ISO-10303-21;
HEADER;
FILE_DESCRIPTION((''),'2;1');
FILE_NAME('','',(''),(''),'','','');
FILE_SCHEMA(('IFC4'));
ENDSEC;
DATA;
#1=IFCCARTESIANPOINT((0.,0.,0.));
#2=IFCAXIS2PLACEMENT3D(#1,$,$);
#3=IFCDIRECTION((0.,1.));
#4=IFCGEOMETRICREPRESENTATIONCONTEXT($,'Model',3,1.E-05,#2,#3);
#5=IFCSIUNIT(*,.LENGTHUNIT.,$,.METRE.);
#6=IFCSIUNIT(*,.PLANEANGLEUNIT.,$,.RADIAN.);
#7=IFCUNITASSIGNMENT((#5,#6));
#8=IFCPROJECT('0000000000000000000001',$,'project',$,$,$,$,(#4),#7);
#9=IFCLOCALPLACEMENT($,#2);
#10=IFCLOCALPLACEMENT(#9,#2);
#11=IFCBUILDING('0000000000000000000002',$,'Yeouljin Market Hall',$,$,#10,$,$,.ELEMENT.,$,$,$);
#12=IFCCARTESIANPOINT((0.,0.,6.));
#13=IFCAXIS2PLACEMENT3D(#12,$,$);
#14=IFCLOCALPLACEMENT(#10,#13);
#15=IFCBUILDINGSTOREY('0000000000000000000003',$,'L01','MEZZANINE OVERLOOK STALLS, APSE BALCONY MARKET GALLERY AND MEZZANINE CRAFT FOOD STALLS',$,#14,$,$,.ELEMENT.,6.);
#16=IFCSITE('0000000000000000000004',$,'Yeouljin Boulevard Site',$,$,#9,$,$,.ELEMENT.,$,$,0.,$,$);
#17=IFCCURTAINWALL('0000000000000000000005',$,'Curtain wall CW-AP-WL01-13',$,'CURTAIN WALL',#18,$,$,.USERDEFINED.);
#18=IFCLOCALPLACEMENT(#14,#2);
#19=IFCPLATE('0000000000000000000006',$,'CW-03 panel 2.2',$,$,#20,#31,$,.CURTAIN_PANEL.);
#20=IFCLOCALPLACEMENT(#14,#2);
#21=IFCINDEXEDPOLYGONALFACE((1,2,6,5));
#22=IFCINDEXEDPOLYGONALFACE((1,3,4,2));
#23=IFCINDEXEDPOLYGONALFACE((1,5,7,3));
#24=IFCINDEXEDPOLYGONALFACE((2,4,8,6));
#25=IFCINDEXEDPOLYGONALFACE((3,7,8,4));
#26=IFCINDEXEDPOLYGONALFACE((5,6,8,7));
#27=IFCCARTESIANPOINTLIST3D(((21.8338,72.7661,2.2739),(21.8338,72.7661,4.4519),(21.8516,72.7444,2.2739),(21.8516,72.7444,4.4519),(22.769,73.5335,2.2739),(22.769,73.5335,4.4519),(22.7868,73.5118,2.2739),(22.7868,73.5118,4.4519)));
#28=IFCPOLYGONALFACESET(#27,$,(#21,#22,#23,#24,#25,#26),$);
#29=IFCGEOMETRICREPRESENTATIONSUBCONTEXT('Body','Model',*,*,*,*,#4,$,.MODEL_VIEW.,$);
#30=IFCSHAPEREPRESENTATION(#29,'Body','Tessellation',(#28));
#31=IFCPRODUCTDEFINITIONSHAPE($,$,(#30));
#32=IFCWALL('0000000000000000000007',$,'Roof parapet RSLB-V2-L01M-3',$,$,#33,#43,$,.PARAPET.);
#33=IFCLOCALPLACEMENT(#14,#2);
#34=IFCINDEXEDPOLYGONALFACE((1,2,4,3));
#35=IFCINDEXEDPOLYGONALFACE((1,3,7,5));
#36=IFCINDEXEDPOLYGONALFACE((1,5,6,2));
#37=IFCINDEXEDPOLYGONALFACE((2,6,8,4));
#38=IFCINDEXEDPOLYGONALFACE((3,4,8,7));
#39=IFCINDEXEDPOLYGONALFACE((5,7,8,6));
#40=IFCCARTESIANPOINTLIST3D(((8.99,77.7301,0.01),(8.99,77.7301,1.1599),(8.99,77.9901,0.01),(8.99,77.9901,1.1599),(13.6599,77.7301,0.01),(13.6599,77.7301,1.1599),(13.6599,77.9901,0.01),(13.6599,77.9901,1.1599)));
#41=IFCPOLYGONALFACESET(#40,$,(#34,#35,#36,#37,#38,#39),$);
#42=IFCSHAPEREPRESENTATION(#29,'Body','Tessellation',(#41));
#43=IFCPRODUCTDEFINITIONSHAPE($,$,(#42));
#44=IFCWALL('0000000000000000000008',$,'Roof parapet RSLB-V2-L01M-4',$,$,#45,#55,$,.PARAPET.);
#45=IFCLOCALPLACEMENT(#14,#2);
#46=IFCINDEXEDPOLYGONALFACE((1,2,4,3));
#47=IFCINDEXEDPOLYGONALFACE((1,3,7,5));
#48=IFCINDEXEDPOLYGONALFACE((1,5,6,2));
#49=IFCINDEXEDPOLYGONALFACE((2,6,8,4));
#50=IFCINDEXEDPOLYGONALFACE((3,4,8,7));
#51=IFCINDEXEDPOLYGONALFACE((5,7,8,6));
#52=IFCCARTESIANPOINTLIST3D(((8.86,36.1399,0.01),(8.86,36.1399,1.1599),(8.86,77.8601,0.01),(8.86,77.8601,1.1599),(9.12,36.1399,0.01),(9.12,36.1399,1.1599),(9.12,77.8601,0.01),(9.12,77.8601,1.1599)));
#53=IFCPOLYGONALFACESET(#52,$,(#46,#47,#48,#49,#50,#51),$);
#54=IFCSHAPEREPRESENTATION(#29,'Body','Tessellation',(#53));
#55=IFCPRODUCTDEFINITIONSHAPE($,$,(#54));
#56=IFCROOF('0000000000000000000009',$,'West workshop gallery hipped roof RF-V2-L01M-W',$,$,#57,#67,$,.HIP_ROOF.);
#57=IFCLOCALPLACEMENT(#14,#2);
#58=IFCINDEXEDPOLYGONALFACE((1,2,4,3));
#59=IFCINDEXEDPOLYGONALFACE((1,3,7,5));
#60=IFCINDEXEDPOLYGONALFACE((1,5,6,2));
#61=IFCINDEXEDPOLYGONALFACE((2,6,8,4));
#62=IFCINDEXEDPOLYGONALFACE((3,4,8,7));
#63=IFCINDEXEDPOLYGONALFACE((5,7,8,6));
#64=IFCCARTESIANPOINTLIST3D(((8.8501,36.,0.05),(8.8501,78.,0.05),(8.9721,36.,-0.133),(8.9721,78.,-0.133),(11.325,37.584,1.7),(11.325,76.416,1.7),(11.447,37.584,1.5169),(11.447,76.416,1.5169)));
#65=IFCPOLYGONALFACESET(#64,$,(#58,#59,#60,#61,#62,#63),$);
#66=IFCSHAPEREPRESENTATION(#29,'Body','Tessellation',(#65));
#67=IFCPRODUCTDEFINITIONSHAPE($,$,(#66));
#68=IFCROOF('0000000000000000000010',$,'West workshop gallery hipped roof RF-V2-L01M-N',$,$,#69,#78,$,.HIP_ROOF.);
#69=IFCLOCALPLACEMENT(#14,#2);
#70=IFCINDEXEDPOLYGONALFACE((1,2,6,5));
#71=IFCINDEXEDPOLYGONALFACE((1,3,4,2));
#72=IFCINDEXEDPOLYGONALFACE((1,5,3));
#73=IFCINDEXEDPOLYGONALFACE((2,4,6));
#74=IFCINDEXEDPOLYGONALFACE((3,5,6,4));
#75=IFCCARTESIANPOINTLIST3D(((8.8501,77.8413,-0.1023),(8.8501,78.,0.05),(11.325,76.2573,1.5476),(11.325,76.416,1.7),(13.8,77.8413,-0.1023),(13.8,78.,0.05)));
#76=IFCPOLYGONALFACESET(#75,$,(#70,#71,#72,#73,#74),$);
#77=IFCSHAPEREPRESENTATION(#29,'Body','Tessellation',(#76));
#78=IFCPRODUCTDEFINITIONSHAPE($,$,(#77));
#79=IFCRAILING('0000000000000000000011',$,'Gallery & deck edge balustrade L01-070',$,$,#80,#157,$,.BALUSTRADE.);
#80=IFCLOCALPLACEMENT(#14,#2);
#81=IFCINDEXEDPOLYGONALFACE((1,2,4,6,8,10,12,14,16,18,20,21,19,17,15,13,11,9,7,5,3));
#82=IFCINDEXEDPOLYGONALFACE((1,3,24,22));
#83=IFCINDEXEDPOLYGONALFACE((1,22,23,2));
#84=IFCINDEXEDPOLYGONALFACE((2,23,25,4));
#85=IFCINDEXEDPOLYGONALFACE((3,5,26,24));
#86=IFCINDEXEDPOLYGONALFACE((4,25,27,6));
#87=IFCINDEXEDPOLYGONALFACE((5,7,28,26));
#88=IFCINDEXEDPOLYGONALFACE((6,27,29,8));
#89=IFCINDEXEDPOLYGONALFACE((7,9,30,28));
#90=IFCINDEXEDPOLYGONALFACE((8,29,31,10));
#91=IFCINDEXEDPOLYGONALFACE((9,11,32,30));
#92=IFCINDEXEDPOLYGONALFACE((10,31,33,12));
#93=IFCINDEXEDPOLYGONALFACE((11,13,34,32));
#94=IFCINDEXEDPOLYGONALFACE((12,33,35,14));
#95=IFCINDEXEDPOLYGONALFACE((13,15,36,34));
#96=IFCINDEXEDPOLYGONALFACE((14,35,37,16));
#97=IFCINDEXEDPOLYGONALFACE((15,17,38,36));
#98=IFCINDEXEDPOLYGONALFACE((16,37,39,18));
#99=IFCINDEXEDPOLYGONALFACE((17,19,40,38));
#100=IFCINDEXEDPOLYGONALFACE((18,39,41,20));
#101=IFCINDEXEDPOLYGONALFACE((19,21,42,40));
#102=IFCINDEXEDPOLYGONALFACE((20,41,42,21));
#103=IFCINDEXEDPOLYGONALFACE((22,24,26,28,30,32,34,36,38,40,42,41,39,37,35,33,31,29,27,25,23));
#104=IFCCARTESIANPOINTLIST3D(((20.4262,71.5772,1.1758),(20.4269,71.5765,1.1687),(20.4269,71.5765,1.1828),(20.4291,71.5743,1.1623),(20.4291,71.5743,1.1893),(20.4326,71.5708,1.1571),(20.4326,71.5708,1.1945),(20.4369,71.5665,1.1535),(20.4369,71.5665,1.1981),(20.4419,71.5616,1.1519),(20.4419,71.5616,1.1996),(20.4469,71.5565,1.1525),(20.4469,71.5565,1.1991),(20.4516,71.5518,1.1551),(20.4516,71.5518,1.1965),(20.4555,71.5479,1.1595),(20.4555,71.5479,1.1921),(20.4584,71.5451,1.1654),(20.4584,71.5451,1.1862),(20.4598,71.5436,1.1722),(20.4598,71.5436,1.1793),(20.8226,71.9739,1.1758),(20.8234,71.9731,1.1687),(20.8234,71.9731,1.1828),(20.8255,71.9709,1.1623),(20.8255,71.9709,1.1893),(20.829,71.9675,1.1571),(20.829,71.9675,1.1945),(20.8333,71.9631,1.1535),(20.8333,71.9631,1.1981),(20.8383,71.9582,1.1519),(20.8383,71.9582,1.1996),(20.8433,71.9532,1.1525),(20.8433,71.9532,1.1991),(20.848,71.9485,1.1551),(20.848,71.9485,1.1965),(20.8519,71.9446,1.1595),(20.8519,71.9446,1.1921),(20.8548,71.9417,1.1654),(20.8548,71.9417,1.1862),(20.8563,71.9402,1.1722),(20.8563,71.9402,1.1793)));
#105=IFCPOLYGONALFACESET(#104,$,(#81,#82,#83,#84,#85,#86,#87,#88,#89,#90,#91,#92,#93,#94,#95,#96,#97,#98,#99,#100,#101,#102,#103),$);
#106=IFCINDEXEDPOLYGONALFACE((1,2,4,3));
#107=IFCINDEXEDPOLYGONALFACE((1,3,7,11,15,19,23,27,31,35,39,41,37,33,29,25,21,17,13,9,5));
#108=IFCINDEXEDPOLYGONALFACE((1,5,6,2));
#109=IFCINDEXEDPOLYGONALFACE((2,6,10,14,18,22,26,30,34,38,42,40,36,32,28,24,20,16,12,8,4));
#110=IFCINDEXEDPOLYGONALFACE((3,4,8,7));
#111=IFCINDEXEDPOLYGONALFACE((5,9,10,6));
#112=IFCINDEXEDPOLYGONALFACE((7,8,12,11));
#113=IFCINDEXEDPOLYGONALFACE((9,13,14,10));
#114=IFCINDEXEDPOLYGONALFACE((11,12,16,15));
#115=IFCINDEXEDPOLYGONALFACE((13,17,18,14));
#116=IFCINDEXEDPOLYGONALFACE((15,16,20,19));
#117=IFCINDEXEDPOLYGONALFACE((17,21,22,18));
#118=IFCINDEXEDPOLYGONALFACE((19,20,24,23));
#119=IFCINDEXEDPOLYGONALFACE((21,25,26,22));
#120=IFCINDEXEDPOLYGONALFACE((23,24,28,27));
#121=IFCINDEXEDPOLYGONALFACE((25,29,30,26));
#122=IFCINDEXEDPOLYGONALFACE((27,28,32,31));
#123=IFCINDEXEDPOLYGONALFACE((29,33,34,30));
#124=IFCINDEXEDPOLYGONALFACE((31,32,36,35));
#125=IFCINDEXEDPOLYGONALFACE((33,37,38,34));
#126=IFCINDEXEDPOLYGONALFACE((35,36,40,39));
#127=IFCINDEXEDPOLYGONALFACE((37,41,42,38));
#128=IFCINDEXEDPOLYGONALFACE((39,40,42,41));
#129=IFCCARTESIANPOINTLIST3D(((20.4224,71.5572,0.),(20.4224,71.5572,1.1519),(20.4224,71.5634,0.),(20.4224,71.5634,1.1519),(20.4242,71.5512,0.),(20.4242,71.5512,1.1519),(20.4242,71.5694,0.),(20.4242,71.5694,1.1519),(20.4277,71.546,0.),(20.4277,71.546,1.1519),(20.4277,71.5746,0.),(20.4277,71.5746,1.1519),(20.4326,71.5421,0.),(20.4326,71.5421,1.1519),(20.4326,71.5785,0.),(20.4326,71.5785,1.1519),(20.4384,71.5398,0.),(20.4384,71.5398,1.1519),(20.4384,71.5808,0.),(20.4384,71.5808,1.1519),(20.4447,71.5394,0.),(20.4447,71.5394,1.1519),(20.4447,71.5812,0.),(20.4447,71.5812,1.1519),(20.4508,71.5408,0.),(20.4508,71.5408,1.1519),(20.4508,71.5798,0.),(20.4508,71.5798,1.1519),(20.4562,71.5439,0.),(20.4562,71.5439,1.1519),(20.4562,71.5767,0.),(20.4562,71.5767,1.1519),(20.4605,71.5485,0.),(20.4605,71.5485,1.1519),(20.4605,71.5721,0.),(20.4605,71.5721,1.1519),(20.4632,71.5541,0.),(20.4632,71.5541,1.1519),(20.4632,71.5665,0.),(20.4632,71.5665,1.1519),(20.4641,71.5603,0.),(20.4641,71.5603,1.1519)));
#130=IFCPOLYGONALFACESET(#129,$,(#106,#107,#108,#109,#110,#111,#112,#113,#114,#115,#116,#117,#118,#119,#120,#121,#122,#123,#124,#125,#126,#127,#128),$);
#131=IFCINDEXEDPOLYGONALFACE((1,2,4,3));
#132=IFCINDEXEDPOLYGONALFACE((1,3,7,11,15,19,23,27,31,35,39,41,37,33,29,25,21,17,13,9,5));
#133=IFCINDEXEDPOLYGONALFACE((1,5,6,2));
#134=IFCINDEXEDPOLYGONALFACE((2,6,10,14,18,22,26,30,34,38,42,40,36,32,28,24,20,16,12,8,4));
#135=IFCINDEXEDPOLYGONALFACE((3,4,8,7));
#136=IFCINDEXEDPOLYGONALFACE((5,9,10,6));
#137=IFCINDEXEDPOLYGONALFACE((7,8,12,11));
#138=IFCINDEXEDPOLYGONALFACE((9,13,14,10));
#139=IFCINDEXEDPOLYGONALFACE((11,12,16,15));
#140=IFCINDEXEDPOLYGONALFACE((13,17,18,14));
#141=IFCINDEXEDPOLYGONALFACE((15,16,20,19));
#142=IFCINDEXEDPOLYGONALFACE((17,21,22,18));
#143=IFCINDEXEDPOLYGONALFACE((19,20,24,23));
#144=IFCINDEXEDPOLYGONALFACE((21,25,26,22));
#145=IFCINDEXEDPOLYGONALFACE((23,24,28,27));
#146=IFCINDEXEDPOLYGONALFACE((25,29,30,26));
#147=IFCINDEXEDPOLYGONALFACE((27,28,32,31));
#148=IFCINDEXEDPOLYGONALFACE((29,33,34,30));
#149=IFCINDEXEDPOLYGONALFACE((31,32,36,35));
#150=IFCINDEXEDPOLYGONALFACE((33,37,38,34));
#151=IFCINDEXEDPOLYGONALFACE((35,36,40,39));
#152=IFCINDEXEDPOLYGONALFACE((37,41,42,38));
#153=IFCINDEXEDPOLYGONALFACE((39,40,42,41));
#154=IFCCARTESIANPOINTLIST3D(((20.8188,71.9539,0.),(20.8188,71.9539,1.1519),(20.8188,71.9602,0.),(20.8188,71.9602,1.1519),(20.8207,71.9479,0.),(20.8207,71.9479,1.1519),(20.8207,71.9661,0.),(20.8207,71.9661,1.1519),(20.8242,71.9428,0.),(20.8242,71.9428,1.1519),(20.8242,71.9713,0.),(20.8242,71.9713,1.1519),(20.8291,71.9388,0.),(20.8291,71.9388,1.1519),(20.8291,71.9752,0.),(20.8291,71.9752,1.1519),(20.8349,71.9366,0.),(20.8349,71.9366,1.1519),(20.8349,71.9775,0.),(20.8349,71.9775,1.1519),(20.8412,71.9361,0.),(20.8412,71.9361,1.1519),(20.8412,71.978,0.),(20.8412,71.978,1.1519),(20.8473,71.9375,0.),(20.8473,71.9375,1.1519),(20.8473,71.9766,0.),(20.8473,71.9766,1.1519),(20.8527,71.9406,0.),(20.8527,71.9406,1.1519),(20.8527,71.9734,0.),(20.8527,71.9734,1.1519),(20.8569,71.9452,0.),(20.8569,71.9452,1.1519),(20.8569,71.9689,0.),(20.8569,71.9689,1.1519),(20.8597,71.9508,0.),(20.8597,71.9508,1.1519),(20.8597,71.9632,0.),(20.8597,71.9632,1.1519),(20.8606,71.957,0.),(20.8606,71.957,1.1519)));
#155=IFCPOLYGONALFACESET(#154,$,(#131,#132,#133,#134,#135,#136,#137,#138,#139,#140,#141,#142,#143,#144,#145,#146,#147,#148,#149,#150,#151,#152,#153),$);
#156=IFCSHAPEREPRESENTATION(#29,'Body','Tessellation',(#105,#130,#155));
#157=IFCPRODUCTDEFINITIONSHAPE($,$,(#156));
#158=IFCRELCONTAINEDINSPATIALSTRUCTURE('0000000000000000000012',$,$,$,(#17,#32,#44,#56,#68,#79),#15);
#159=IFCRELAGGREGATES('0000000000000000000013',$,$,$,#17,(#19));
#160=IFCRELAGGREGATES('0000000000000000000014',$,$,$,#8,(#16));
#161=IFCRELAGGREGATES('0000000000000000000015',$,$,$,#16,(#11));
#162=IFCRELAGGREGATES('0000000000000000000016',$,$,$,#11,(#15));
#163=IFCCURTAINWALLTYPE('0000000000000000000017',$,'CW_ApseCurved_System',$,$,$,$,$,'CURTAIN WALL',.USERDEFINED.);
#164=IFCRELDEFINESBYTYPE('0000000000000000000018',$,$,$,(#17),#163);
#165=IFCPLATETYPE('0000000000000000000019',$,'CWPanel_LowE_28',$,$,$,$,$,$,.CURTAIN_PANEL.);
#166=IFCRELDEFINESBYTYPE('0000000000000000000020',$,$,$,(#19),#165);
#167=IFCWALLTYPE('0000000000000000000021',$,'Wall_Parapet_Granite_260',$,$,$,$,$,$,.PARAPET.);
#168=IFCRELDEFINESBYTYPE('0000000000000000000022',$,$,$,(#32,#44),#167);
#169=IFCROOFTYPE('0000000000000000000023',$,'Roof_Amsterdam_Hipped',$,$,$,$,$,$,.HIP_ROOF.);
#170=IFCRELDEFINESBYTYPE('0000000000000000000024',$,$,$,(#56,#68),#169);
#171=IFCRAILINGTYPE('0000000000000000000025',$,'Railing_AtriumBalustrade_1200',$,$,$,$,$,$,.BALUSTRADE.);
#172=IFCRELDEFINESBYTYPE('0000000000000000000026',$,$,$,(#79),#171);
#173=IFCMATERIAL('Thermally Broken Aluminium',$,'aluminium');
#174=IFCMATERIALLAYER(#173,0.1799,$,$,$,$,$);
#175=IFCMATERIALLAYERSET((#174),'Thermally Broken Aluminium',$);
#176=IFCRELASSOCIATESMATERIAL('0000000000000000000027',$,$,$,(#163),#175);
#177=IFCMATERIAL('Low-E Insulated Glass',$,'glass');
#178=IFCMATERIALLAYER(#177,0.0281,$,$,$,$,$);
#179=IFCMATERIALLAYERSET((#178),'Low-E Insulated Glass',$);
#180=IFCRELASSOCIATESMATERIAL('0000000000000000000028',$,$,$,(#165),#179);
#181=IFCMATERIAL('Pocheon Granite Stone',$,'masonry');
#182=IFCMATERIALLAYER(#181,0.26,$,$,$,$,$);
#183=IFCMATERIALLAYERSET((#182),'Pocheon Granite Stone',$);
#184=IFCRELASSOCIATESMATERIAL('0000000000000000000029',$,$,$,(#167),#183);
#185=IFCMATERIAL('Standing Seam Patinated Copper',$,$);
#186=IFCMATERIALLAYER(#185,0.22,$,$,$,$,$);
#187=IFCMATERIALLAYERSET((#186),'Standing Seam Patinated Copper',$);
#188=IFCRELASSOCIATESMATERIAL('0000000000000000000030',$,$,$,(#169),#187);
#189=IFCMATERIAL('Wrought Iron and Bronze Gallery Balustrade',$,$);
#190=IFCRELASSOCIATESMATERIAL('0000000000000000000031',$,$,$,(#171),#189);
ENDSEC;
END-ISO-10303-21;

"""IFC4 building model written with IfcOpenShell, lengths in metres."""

from ifc_helpers import new_model, si_unit, direction, frame, frame_2d, origin, origin_2d, place, context, subcontext, project, spatial, polyline, rectangle, circle, outline, extrude, material, layer, layer_set, type_object, element, aggregate, save


model = new_model("IFC4")

# Units and contexts
model_context = context("Model", 3, precision=1e-05, world=origin(), true_north=direction((0.0, 1.0)))
body_context = subcontext(model_context, "Body", "Model", "MODEL_VIEW")
ifc_project = project(units=[si_unit("LENGTHUNIT", "METRE"), si_unit("PLANEANGLEUNIT", "RADIAN")], contexts=[model_context])

# Site, building, storey
site_placement = place(None, origin())
site = spatial("IfcSite", under=ifc_project, at=site_placement, Name="Yeouljin Boulevard Site", CompositionType="ELEMENT", RefElevation=0.0)
building_placement = place(site_placement, origin())
building = spatial("IfcBuilding", under=site, at=building_placement, Name="Yeouljin Market Hall", CompositionType="ELEMENT")
storey_placement = place(building_placement, frame((0.0, 0.0, 6.0)))
storey = spatial("IfcBuildingStorey", under=building, at=storey_placement, Name="L01", Description="MEZZANINE OVERLOOK STALLS, APSE BALCONY MARKET GALLERY AND MEZZANINE CRAFT FOOD STALLS", CompositionType="ELEMENT", Elevation=6.0)

# Shared definitions
ifc_material_1 = material(Name="Thermally Broken Aluminium", Category="aluminium")
ifc_layer_1 = layer(ifc_material_1, 0.1799)
ifc_layer_set_1 = layer_set([ifc_layer_1], Name="Thermally Broken Aluminium")
curtain_wall_type = type_object("IfcCurtainWallType", Name="CW_ApseCurved_System", ElementType="CURTAIN WALL", PredefinedType="USERDEFINED", material=ifc_layer_set_1)

# Curtain wall
curtain_wall_1_placement = place(storey_placement, origin())
curtain_wall_1 = element("IfcCurtainWall", 1, at=curtain_wall_1_placement, inside=storey, type_object=curtain_wall_type, Name="Curtain wall CW-AP-WL01-13", ObjectType="CURTAIN WALL", PredefinedType="USERDEFINED")

# Plate
ifc_material_2 = material(Name="Low-E Insulated Glass", Category="glass")
ifc_layer_2 = layer(ifc_material_2, 0.0281)
ifc_layer_set_2 = layer_set([ifc_layer_2], Name="Low-E Insulated Glass")
plate_type = type_object("IfcPlateType", Name="CWPanel_LowE_28", PredefinedType="CURTAIN_PANEL", material=ifc_layer_set_2)
plate_1_placement = place(storey_placement, frame((22.3103, 73.1389, 2.2739), z_axis=(0.0, 0.0, 1.0), x_axis=(0.773018, 0.634384, 0.0)))
plate_1 = element("IfcPlate", 2, at=plate_1_placement, type_object=plate_type, Name="CW-03 panel 2.2", PredefinedType="CURTAIN_PANEL", context=body_context, shape_type="SweptSolid", body=[
    extrude(rectangle(XDim=1.2097, YDim=0.0281, at=origin_2d()), origin(), (0.0, 0.0, 1.0), 2.178),
])
aggregate(curtain_wall_1, [plate_1])

# Walls
ifc_material_3 = material(Name="Pocheon Granite Stone", Category="masonry")
ifc_layer_3 = layer(ifc_material_3, 0.26)
ifc_layer_set_3 = layer_set([ifc_layer_3], Name="Pocheon Granite Stone")
wall_type = type_object("IfcWallType", Name="Wall_Parapet_Granite_260", PredefinedType="PARAPET", material=ifc_layer_set_3)
wall_1_placement = place(storey_placement, frame((13.6599, 77.8601, 0.01), z_axis=(0.0, 0.0, 1.0), x_axis=(-1.0, 0.0, 0.0)))
element("IfcWall", 3, at=wall_1_placement, inside=storey, type_object=wall_type, Name="Roof parapet RSLB-V2-L01M-3", PredefinedType="PARAPET", context=body_context, shape_type="SweptSolid", body=[
    extrude(rectangle(XDim=4.6699, YDim=0.26, at=frame_2d((2.335, 0.0))), origin(), (0.0, 0.0, 1.0), 1.1499),
])
wall_2_placement = place(storey_placement, frame((8.99, 77.8601, 0.01), z_axis=(0.0, 0.0, 1.0), x_axis=(0.0, -1.0, 0.0)))
element("IfcWall", 4, at=wall_2_placement, inside=storey, type_object=wall_type, Name="Roof parapet RSLB-V2-L01M-4", PredefinedType="PARAPET", context=body_context, shape_type="SweptSolid", body=[
    extrude(rectangle(XDim=41.7202, YDim=0.26, at=frame_2d((20.8601, 0.0))), origin(), (0.0, 0.0, 1.0), 1.1499),
])

# Roofs
ifc_material_4 = material(Name="Standing Seam Patinated Copper")
ifc_layer_4 = layer(ifc_material_4, 0.22)
ifc_layer_set_4 = layer_set([ifc_layer_4], Name="Standing Seam Patinated Copper")
roof_type = type_object("IfcRoofType", Name="Roof_Amsterdam_Hipped", PredefinedType="HIP_ROOF", material=ifc_layer_set_4)
roof_1_placement = place(storey_placement, frame((8.8501, 78.0, 0.05), z_axis=(-0.5547, 0.0, 0.83205), x_axis=(0.0, -1.0, 0.0)))
element("IfcRoof", 5, at=roof_1_placement, inside=storey, type_object=roof_type, Name="West workshop gallery hipped roof RF-V2-L01M-W", PredefinedType="HIP_ROOF", context=body_context, shape_type="SweptSolid", body=[
    extrude(outline(polyline([(0.0, 0.0), (42.0, 0.0), (40.416, 2.9744), (1.584, 2.9744), (0.0, 0.0)])), origin(), (0.0, 0.0, -1.0), 0.22),
])
roof_2_placement = place(storey_placement, frame((13.8, 78.0, 0.05), z_axis=(0.0, 0.72137, 0.69255), x_axis=(-1.0, 0.0, 0.0)))
element("IfcRoof", 6, at=roof_2_placement, inside=storey, type_object=roof_type, Name="West workshop gallery hipped roof RF-V2-L01M-N", PredefinedType="HIP_ROOF", context=body_context, shape_type="SweptSolid", body=[
    extrude(outline(polyline([(0.0, 0.0), (4.95, 0.0), (2.4751, 2.2872), (0.0, 0.0)])), origin(), (0.0, 0.0, -1.0), 0.22),
])

# Railing
ifc_material_5 = material(Name="Wrought Iron and Bronze Gallery Balustrade")
railing_type = type_object("IfcRailingType", Name="Railing_AtriumBalustrade_1200", PredefinedType="BALUSTRADE", material=ifc_material_5)
railing_placement = place(storey_placement, frame((20.4431, 71.5603, 0.0)))
element("IfcRailing", 7, at=railing_placement, inside=storey, type_object=railing_type, Name="Gallery & deck edge balustrade L01-070", PredefinedType="BALUSTRADE", context=body_context, shape_type="SweptSolid", body=[
    extrude(circle(Radius=0.0239, at=origin_2d()), frame((0.0, 0.0, 1.1758), z_axis=(0.706889, 0.707324, 0.0), x_axis=(-0.707324, 0.706889, 0.0)), (0.0, 0.0, 1.0), 0.5608),
    extrude(circle(Radius=0.021, at=origin_2d()), origin(), (0.0, 0.0, 1.0), 1.1519),
    extrude(circle(Radius=0.021, at=origin_2d()), frame((0.3965, 0.3967, 0.0)), (0.0, 0.0, 1.0), 1.1519),
])

save(model, "model.ifc")
